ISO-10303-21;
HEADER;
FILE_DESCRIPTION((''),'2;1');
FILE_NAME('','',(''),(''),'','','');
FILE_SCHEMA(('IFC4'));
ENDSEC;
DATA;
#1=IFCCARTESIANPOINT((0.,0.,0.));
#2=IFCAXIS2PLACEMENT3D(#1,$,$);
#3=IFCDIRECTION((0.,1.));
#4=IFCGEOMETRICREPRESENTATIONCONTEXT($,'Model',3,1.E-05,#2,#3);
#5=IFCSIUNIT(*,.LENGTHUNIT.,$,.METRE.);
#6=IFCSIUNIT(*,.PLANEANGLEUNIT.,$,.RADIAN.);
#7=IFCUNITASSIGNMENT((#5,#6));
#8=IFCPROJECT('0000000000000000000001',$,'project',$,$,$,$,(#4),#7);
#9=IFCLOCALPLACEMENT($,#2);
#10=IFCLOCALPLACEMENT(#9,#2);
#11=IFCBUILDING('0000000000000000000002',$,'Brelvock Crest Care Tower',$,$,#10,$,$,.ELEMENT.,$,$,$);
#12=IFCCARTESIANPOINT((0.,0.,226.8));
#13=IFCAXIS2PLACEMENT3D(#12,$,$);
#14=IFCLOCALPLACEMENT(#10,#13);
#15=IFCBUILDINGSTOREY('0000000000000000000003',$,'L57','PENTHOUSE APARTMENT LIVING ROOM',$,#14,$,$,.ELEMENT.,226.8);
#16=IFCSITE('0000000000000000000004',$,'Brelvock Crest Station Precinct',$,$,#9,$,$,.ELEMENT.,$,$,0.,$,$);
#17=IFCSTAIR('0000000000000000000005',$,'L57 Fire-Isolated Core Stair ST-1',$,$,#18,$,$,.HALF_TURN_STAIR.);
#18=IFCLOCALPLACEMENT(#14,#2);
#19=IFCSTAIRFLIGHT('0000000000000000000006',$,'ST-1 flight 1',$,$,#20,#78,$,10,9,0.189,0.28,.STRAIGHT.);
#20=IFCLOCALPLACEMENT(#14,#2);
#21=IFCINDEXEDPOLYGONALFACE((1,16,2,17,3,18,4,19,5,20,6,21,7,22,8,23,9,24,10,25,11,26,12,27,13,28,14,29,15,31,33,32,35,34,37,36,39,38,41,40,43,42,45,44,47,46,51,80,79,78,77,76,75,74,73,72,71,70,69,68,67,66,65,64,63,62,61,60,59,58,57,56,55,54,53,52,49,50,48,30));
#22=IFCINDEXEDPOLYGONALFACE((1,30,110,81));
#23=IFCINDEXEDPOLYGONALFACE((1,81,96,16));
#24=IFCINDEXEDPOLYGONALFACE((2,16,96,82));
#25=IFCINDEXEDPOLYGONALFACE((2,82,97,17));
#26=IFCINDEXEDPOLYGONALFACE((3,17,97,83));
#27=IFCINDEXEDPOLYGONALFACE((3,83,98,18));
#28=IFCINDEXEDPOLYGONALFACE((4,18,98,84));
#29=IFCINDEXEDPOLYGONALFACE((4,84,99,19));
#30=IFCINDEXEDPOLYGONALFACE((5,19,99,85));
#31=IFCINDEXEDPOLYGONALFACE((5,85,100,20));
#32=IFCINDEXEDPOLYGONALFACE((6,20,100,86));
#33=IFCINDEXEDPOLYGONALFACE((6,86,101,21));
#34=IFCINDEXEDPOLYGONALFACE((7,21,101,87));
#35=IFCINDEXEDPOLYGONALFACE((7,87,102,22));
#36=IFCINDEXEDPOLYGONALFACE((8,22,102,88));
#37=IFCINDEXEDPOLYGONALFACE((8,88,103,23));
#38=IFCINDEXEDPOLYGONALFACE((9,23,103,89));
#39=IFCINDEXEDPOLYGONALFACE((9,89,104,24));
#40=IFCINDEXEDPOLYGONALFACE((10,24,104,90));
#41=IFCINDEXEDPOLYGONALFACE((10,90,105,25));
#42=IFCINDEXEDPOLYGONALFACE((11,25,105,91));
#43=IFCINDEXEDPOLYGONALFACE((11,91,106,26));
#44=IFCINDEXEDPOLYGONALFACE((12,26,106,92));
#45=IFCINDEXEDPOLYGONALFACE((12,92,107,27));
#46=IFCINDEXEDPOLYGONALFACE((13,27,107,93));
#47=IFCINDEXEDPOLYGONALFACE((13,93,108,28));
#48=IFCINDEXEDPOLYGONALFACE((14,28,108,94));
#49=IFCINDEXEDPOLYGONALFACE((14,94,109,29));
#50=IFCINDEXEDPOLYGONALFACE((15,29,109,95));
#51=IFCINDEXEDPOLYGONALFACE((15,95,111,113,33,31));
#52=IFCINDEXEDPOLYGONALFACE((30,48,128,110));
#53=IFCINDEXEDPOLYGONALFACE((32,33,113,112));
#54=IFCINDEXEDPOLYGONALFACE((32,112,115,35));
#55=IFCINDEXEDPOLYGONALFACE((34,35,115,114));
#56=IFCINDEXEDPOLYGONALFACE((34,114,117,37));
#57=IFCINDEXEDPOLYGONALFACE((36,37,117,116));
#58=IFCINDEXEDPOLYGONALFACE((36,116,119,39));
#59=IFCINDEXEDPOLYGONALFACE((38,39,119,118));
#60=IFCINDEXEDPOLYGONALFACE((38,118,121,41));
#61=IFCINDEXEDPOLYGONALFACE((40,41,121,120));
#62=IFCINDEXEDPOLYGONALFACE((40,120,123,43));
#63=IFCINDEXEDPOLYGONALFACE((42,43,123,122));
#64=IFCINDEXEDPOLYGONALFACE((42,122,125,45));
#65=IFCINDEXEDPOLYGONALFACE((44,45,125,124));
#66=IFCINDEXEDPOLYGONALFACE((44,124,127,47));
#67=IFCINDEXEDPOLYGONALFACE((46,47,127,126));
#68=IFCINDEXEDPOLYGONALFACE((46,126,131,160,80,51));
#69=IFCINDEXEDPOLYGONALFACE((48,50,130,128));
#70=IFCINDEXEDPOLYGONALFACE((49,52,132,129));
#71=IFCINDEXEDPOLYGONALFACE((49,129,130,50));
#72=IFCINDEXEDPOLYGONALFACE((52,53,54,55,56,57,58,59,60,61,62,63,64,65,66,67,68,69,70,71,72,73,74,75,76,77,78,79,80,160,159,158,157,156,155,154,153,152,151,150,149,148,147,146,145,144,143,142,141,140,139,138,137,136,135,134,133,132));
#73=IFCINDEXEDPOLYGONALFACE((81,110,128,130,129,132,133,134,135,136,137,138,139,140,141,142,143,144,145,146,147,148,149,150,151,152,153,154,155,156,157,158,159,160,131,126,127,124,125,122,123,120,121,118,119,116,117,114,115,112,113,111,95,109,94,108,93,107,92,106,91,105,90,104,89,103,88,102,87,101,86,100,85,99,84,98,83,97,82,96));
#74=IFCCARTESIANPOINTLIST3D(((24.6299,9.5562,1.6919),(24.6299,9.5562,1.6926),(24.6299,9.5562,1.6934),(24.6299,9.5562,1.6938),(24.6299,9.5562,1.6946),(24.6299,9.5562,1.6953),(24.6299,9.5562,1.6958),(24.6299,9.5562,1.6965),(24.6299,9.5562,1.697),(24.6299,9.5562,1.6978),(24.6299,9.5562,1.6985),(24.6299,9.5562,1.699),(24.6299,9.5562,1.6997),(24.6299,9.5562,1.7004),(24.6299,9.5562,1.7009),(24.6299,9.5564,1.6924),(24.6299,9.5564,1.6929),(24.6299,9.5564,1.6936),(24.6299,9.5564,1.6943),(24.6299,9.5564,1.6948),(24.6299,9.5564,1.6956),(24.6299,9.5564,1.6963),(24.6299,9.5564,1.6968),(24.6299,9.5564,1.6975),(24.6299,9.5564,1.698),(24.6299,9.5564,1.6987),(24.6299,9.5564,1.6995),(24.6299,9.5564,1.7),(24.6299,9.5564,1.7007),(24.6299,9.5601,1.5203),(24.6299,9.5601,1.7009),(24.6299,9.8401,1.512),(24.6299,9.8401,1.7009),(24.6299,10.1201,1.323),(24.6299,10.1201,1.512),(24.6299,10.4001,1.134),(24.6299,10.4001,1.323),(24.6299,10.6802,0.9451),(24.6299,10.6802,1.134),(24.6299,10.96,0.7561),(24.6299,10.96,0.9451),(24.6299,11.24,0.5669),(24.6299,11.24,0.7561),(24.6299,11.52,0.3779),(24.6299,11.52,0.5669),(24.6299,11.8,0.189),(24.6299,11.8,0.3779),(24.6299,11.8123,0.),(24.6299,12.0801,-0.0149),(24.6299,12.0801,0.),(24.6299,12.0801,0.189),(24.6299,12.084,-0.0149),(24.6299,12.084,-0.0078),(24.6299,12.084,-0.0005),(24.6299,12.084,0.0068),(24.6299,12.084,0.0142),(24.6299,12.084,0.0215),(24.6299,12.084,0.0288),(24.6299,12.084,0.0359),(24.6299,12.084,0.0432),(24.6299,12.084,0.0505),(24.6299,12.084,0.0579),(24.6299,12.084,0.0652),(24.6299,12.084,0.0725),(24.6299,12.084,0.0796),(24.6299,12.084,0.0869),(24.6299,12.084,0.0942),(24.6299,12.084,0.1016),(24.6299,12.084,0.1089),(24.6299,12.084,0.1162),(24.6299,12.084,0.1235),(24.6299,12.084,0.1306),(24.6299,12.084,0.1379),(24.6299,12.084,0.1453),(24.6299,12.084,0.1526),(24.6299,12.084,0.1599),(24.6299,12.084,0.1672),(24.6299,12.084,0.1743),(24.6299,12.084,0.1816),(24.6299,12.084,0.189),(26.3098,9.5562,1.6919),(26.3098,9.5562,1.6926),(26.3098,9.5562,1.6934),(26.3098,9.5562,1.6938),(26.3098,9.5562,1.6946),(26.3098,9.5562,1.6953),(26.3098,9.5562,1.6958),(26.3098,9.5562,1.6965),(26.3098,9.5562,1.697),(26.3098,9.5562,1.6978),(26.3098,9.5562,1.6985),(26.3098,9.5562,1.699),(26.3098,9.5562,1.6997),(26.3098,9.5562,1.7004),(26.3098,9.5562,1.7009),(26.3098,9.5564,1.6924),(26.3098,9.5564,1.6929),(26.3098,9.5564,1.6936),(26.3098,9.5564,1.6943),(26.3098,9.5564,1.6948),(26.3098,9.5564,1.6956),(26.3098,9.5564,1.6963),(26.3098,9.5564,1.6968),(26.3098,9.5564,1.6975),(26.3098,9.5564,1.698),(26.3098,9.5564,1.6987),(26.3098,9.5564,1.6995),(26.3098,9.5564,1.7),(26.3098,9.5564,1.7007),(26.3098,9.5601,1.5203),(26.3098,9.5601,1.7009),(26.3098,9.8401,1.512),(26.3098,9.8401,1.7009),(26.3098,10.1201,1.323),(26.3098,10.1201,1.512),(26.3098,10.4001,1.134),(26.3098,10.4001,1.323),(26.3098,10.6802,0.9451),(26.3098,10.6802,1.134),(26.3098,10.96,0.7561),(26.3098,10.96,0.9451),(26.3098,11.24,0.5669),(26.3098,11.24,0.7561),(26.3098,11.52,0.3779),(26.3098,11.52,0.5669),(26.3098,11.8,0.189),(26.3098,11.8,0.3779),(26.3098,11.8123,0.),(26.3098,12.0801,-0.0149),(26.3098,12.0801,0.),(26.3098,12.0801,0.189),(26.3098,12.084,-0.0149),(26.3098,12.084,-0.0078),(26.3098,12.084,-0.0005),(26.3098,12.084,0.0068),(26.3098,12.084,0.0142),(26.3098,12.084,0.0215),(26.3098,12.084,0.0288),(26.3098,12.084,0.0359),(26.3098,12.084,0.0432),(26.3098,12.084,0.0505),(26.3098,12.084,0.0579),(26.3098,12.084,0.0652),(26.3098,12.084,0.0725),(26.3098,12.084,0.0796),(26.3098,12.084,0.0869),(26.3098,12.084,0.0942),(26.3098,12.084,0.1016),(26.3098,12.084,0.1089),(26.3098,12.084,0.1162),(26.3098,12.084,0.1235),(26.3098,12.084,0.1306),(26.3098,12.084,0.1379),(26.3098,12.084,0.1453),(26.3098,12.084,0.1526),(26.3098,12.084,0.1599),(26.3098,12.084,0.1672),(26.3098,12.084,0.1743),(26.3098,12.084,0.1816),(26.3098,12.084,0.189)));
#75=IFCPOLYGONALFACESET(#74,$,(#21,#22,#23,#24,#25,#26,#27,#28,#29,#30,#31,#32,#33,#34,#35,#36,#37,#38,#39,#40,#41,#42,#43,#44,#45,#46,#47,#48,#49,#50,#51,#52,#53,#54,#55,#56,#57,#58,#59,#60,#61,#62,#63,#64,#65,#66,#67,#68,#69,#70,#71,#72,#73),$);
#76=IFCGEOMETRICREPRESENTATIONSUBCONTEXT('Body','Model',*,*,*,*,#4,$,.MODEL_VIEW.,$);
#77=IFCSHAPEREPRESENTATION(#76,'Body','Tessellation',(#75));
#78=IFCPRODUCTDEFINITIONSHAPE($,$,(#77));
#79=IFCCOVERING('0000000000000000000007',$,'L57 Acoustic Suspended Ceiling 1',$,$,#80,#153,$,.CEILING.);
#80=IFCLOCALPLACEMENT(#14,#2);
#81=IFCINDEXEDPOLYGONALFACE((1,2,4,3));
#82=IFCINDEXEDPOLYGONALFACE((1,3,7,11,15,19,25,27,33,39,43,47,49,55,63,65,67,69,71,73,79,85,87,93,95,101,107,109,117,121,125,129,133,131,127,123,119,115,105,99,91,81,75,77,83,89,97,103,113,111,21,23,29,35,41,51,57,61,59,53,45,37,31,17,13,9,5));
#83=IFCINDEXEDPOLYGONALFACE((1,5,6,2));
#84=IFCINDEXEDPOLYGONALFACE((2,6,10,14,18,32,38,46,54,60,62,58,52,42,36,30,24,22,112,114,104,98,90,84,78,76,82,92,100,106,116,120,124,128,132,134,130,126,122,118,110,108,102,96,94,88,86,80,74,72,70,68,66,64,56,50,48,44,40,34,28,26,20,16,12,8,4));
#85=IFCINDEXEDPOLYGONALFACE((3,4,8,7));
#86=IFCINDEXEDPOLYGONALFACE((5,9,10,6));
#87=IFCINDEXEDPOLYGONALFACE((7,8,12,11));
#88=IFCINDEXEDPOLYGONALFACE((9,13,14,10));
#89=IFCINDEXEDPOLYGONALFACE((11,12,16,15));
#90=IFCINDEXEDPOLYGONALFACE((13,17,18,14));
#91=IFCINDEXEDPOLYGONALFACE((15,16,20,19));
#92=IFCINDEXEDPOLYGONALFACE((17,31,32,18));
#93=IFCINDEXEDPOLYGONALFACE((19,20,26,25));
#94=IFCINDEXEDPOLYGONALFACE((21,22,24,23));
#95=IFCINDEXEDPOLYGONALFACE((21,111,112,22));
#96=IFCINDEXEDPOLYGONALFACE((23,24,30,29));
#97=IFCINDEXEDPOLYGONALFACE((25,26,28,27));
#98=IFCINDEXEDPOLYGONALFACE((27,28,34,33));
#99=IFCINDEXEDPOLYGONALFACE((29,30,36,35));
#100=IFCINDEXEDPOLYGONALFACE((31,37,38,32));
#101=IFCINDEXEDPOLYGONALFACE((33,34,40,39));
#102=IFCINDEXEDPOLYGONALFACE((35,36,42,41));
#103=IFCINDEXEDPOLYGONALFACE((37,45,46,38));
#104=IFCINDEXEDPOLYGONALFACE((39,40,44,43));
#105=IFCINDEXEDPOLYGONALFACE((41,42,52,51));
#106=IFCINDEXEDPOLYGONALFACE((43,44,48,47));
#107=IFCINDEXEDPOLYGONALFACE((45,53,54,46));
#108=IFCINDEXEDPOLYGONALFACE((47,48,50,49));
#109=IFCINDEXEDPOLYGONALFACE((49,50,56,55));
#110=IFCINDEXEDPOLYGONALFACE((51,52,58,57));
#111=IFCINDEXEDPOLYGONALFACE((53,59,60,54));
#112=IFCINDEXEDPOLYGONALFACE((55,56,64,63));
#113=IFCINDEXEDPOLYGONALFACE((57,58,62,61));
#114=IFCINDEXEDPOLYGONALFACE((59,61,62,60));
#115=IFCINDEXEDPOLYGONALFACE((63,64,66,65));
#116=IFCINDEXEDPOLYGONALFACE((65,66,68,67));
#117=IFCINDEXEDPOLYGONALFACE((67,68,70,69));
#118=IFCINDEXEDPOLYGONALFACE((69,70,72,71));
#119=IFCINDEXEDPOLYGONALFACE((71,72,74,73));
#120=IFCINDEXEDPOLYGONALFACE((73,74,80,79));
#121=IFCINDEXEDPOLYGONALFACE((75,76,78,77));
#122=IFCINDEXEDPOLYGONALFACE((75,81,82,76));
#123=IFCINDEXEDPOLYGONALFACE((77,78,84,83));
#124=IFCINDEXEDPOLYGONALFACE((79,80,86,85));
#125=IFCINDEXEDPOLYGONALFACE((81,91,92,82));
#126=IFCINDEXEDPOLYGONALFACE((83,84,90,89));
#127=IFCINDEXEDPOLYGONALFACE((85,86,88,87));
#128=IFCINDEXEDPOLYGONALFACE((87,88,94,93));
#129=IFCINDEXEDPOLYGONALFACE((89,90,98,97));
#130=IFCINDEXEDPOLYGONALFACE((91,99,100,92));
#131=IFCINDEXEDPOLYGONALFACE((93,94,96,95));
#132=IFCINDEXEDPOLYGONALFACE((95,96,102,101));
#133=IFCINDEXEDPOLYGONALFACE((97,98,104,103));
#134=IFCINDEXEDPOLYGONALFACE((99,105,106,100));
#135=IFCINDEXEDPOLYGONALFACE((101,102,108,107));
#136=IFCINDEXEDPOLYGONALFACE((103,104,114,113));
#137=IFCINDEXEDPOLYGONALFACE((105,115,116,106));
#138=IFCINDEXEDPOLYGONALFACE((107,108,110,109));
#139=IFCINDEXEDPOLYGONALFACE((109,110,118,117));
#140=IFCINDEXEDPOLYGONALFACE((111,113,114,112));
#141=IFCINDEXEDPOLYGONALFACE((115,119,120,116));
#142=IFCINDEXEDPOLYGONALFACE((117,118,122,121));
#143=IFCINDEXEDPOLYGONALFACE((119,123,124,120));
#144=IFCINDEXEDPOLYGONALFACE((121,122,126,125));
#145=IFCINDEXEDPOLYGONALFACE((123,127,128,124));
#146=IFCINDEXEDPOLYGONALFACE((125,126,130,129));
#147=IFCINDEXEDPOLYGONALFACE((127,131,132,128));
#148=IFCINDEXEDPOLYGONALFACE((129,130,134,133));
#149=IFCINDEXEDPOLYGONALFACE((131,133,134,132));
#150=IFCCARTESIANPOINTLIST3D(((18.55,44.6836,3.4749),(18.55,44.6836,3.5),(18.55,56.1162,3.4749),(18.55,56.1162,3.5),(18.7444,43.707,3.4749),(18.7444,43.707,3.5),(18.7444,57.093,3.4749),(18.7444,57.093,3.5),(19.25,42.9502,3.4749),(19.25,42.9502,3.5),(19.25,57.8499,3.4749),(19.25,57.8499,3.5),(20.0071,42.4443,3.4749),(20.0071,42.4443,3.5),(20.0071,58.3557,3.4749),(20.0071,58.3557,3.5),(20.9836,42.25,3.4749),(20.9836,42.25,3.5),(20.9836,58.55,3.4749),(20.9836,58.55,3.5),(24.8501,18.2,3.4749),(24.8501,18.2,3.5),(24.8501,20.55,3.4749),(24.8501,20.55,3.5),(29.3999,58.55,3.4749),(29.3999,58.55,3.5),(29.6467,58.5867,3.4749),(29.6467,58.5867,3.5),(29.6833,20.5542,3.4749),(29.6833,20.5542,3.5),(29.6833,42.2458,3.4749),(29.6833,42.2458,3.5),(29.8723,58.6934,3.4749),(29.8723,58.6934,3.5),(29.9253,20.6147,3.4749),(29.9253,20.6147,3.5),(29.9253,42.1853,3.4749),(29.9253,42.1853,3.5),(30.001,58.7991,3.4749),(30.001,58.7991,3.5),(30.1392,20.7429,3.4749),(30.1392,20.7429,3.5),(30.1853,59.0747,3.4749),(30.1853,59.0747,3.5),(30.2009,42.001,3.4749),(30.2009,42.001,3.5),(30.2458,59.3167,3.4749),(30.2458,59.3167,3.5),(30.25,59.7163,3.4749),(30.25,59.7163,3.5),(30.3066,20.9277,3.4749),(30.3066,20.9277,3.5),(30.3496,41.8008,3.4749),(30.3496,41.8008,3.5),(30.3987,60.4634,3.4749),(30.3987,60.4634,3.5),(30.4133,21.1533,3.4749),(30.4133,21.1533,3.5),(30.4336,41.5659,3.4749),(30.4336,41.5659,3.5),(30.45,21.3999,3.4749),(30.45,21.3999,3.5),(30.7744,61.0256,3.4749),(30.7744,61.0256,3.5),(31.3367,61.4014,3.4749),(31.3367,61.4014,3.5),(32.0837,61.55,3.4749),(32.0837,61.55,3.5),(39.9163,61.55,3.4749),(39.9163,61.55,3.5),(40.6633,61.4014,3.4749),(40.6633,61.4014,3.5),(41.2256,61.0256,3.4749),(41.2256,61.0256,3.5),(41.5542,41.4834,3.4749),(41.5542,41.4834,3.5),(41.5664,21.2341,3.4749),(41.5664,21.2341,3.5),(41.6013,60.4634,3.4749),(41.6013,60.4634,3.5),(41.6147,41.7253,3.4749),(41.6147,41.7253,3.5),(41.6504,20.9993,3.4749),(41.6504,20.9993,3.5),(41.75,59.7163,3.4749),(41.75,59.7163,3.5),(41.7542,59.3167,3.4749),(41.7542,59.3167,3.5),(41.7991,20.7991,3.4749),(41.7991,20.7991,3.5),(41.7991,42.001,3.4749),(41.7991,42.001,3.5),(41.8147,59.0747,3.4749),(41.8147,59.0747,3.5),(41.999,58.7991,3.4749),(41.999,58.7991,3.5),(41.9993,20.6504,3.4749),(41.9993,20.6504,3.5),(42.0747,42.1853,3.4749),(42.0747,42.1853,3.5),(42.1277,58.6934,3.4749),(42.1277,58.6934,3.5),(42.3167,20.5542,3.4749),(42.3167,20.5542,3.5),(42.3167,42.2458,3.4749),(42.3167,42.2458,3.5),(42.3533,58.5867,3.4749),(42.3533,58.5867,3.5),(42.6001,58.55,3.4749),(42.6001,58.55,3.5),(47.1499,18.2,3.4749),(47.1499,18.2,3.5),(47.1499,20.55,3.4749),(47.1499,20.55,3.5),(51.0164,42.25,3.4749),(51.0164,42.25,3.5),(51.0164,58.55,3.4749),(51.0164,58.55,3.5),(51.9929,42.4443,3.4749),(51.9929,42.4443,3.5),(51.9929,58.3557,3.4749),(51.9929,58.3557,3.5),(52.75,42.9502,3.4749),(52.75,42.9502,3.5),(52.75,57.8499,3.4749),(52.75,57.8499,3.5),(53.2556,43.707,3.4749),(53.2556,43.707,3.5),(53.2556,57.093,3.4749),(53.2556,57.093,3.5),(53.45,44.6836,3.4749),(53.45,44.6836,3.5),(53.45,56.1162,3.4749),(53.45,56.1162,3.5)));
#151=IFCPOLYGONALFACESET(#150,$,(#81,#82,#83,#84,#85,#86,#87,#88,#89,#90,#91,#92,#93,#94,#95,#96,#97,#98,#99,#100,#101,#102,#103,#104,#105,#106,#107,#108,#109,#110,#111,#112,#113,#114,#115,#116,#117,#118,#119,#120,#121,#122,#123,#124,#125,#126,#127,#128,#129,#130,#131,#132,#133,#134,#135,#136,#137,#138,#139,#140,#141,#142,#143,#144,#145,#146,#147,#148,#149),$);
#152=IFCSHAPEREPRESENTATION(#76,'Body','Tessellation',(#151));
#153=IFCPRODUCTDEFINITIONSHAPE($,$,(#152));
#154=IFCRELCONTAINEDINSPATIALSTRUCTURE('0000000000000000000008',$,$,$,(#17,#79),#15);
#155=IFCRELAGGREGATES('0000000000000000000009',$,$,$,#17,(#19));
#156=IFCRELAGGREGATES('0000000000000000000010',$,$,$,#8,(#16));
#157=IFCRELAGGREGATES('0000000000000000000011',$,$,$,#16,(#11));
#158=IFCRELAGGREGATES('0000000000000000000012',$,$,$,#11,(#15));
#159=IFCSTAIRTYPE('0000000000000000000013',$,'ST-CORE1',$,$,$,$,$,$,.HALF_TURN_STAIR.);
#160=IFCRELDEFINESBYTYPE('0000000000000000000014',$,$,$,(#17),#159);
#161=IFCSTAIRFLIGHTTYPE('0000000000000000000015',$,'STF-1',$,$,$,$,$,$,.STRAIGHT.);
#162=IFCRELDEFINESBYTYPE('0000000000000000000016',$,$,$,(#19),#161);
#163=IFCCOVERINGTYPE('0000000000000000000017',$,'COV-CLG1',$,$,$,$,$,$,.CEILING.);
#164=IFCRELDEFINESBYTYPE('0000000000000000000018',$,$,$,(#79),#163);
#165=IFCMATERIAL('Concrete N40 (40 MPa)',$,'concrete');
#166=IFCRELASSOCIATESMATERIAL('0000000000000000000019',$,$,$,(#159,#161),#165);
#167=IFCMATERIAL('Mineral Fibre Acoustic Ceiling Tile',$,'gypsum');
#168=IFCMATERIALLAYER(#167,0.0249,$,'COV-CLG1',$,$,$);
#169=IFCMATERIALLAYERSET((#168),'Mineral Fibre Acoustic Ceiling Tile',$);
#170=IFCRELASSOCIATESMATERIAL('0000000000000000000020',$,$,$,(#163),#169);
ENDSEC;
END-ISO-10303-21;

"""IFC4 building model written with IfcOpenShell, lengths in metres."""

from ifc_helpers import new_model, si_unit, direction, frame, origin, place, context, subcontext, project, spatial, polyline, outline, extrude, material, layer, layer_set, type_object, element, aggregate, save


model = new_model("IFC4")

# Units and contexts
model_context = context("Model", 3, precision=1e-05, world=origin(), true_north=direction((0.0, 1.0)))
body_context = subcontext(model_context, "Body", "Model", "MODEL_VIEW")
ifc_project = project(units=[si_unit("LENGTHUNIT", "METRE"), si_unit("PLANEANGLEUNIT", "RADIAN")], contexts=[model_context])

# Site, building, storey
site_placement = place(None, origin())
site = spatial("IfcSite", under=ifc_project, at=site_placement, Name="Brelvock Crest Station Precinct", CompositionType="ELEMENT", RefElevation=0.0)
building_placement = place(site_placement, origin())
building = spatial("IfcBuilding", under=site, at=building_placement, Name="Brelvock Crest Care Tower", CompositionType="ELEMENT")
storey_placement = place(building_placement, frame((0.0, 0.0, 226.8)))
storey = spatial("IfcBuildingStorey", under=building, at=storey_placement, Name="L57", Description="PENTHOUSE APARTMENT LIVING ROOM", CompositionType="ELEMENT", Elevation=226.8)

# Stair
ifc_material_1 = material(Name="Concrete N40 (40 MPa)", Category="concrete")
stair_type = type_object("IfcStairType", Name="ST-CORE1", PredefinedType="HALF_TURN_STAIR", material=ifc_material_1)
stair_1_placement = place(storey_placement, origin())
stair_1 = element("IfcStair", 1, at=stair_1_placement, inside=storey, type_object=stair_type, Name="L57 Fire-Isolated Core Stair ST-1", PredefinedType="HALF_TURN_STAIR")

# Stair flight
stair_flight_type = type_object("IfcStairFlightType", Name="STF-1", PredefinedType="STRAIGHT", material=ifc_material_1)
stair_flight_placement = place(storey_placement, frame((25.47, 12.0801, 0.0), z_axis=(0.0, 0.0, 1.0), x_axis=(0.0, -1.0, 0.0)))
stair_flight = element("IfcStairFlight", 2, at=stair_flight_placement, type_object=stair_flight_type, Name="ST-1 flight 1", NumberOfRisers=10, NumberOfTreads=9, PredefinedType="STRAIGHT", RiserHeight=0.189, TreadLength=0.28, context=body_context, shape_type="SweptSolid", body=[
    extrude(outline(polyline([(-0.0039, -0.0149), (-0.0039, -0.0078), (-0.0039, -0.0005), (-0.0039, 0.0068), (-0.0039, 0.0142), (-0.0039, 0.0215), (-0.0039, 0.0288), (-0.0039, 0.0359), (-0.0039, 0.0432), (-0.0039, 0.0505), (-0.0039, 0.0579), (-0.0039, 0.0652), (-0.0039, 0.0725), (-0.0039, 0.0796), (-0.0039, 0.0869), (-0.0039, 0.0942), (-0.0039, 0.1016), (-0.0039, 0.1089), (-0.0039, 0.1162), (-0.0039, 0.1235), (-0.0039, 0.1306), (-0.0039, 0.1379), (-0.0039, 0.1453), (-0.0039, 0.1526), (-0.0039, 0.1599), (-0.0039, 0.1672), (-0.0039, 0.1743), (-0.0039, 0.1816), (-0.0039, 0.189), (0.0, 0.189), (0.28, 0.189), (0.28, 0.3779), (0.5601, 0.3779), (0.5601, 0.5669), (0.8401, 0.5669), (0.8401, 0.7561), (1.1201, 0.7561), (1.1201, 0.9451), (1.3999, 0.9451), (1.3999, 1.134), (1.6799, 1.134), (1.6799, 1.323), (1.96, 1.323), (1.96, 1.512), (2.24, 1.512), (2.24, 1.7009), (2.52, 1.7009), (2.5239, 1.7009), (2.5237, 1.7007), (2.5239, 1.7004), (2.5237, 1.7), (2.5239, 1.6997), (2.5237, 1.6995), (2.5239, 1.699), (2.5237, 1.6987), (2.5239, 1.6985), (2.5237, 1.698), (2.5239, 1.6978), (2.5237, 1.6975), (2.5239, 1.697), (2.5237, 1.6968), (2.5239, 1.6965), (2.5237, 1.6963), (2.5239, 1.6958), (2.5237, 1.6956), (2.5239, 1.6953), (2.5237, 1.6948), (2.5239, 1.6946), (2.5237, 1.6943), (2.5239, 1.6938), (2.5237, 1.6936), (2.5239, 1.6934), (2.5237, 1.6929), (2.5239, 1.6926), (2.5237, 1.6924), (2.5239, 1.6919), (2.52, 1.5203), (0.2678, 0.0), (0.0, 0.0), (0.0, -0.0149), (-0.0039, -0.0149)])), frame((0.0, 0.8398, 0.0), z_axis=(0.0, -1.0, 0.0), x_axis=(1.0, 0.0, 0.0)), (0.0, 0.0, 1.0), 1.6799),
])
aggregate(stair_1, [stair_flight])

# Covering
ifc_material_2 = material(Name="Mineral Fibre Acoustic Ceiling Tile", Category="gypsum")
ifc_layer_1 = layer(ifc_material_2, 0.0249, Name="COV-CLG1")
ifc_layer_set_1 = layer_set([ifc_layer_1], Name="Mineral Fibre Acoustic Ceiling Tile")
covering_type_1 = type_object("IfcCoveringType", Name="COV-CLG1", PredefinedType="CEILING", material=ifc_layer_set_1)
covering_1_placement = place(storey_placement, frame((0.0, 0.0, 3.4749)))
element("IfcCovering", 3, at=covering_1_placement, inside=storey, type_object=covering_type_1, Name="L57 Acoustic Suspended Ceiling 1", PredefinedType="CEILING", context=body_context, shape_type="SweptSolid", body=[
    extrude(outline(polyline([(24.8501, 18.2), (47.1499, 18.2), (47.1499, 20.55), (42.3167, 20.5542), (41.9993, 20.6504), (41.7991, 20.7991), (41.6504, 20.9993), (41.5664, 21.2341), (41.5542, 41.4834), (41.6147, 41.7253), (41.7991, 42.001), (42.0747, 42.1853), (42.3167, 42.2458), (51.0164, 42.25), (51.9929, 42.4443), (52.75, 42.9502), (53.2556, 43.707), (53.45, 44.6836), (53.45, 56.1162), (53.2556, 57.093), (52.75, 57.8499), (51.9929, 58.3557), (51.0164, 58.55), (42.6001, 58.55), (42.3533, 58.5867), (42.1277, 58.6934), (41.999, 58.7991), (41.8147, 59.0747), (41.7542, 59.3167), (41.75, 59.7163), (41.6013, 60.4634), (41.2256, 61.0256), (40.6633, 61.4014), (39.9163, 61.55), (32.0837, 61.55), (31.3367, 61.4014), (30.7744, 61.0256), (30.3987, 60.4634), (30.25, 59.7163), (30.2458, 59.3167), (30.1853, 59.0747), (30.001, 58.7991), (29.8723, 58.6934), (29.6467, 58.5867), (29.3999, 58.55), (20.9836, 58.55), (20.0071, 58.3557), (19.25, 57.8499), (18.7444, 57.093), (18.55, 56.1162), (18.55, 44.6836), (18.7444, 43.707), (19.25, 42.9502), (20.0071, 42.4443), (20.9836, 42.25), (29.6833, 42.2458), (29.9253, 42.1853), (30.2009, 42.001), (30.3496, 41.8008), (30.4336, 41.5659), (30.45, 21.3999), (30.4133, 21.1533), (30.3066, 20.9277), (30.1392, 20.7429), (29.9253, 20.6147), (29.6833, 20.5542), (24.8501, 20.55), (24.8501, 18.2)])), origin(), (0.0, 0.0, 1.0), 0.0251),
])

save(model, "model.ifc")
